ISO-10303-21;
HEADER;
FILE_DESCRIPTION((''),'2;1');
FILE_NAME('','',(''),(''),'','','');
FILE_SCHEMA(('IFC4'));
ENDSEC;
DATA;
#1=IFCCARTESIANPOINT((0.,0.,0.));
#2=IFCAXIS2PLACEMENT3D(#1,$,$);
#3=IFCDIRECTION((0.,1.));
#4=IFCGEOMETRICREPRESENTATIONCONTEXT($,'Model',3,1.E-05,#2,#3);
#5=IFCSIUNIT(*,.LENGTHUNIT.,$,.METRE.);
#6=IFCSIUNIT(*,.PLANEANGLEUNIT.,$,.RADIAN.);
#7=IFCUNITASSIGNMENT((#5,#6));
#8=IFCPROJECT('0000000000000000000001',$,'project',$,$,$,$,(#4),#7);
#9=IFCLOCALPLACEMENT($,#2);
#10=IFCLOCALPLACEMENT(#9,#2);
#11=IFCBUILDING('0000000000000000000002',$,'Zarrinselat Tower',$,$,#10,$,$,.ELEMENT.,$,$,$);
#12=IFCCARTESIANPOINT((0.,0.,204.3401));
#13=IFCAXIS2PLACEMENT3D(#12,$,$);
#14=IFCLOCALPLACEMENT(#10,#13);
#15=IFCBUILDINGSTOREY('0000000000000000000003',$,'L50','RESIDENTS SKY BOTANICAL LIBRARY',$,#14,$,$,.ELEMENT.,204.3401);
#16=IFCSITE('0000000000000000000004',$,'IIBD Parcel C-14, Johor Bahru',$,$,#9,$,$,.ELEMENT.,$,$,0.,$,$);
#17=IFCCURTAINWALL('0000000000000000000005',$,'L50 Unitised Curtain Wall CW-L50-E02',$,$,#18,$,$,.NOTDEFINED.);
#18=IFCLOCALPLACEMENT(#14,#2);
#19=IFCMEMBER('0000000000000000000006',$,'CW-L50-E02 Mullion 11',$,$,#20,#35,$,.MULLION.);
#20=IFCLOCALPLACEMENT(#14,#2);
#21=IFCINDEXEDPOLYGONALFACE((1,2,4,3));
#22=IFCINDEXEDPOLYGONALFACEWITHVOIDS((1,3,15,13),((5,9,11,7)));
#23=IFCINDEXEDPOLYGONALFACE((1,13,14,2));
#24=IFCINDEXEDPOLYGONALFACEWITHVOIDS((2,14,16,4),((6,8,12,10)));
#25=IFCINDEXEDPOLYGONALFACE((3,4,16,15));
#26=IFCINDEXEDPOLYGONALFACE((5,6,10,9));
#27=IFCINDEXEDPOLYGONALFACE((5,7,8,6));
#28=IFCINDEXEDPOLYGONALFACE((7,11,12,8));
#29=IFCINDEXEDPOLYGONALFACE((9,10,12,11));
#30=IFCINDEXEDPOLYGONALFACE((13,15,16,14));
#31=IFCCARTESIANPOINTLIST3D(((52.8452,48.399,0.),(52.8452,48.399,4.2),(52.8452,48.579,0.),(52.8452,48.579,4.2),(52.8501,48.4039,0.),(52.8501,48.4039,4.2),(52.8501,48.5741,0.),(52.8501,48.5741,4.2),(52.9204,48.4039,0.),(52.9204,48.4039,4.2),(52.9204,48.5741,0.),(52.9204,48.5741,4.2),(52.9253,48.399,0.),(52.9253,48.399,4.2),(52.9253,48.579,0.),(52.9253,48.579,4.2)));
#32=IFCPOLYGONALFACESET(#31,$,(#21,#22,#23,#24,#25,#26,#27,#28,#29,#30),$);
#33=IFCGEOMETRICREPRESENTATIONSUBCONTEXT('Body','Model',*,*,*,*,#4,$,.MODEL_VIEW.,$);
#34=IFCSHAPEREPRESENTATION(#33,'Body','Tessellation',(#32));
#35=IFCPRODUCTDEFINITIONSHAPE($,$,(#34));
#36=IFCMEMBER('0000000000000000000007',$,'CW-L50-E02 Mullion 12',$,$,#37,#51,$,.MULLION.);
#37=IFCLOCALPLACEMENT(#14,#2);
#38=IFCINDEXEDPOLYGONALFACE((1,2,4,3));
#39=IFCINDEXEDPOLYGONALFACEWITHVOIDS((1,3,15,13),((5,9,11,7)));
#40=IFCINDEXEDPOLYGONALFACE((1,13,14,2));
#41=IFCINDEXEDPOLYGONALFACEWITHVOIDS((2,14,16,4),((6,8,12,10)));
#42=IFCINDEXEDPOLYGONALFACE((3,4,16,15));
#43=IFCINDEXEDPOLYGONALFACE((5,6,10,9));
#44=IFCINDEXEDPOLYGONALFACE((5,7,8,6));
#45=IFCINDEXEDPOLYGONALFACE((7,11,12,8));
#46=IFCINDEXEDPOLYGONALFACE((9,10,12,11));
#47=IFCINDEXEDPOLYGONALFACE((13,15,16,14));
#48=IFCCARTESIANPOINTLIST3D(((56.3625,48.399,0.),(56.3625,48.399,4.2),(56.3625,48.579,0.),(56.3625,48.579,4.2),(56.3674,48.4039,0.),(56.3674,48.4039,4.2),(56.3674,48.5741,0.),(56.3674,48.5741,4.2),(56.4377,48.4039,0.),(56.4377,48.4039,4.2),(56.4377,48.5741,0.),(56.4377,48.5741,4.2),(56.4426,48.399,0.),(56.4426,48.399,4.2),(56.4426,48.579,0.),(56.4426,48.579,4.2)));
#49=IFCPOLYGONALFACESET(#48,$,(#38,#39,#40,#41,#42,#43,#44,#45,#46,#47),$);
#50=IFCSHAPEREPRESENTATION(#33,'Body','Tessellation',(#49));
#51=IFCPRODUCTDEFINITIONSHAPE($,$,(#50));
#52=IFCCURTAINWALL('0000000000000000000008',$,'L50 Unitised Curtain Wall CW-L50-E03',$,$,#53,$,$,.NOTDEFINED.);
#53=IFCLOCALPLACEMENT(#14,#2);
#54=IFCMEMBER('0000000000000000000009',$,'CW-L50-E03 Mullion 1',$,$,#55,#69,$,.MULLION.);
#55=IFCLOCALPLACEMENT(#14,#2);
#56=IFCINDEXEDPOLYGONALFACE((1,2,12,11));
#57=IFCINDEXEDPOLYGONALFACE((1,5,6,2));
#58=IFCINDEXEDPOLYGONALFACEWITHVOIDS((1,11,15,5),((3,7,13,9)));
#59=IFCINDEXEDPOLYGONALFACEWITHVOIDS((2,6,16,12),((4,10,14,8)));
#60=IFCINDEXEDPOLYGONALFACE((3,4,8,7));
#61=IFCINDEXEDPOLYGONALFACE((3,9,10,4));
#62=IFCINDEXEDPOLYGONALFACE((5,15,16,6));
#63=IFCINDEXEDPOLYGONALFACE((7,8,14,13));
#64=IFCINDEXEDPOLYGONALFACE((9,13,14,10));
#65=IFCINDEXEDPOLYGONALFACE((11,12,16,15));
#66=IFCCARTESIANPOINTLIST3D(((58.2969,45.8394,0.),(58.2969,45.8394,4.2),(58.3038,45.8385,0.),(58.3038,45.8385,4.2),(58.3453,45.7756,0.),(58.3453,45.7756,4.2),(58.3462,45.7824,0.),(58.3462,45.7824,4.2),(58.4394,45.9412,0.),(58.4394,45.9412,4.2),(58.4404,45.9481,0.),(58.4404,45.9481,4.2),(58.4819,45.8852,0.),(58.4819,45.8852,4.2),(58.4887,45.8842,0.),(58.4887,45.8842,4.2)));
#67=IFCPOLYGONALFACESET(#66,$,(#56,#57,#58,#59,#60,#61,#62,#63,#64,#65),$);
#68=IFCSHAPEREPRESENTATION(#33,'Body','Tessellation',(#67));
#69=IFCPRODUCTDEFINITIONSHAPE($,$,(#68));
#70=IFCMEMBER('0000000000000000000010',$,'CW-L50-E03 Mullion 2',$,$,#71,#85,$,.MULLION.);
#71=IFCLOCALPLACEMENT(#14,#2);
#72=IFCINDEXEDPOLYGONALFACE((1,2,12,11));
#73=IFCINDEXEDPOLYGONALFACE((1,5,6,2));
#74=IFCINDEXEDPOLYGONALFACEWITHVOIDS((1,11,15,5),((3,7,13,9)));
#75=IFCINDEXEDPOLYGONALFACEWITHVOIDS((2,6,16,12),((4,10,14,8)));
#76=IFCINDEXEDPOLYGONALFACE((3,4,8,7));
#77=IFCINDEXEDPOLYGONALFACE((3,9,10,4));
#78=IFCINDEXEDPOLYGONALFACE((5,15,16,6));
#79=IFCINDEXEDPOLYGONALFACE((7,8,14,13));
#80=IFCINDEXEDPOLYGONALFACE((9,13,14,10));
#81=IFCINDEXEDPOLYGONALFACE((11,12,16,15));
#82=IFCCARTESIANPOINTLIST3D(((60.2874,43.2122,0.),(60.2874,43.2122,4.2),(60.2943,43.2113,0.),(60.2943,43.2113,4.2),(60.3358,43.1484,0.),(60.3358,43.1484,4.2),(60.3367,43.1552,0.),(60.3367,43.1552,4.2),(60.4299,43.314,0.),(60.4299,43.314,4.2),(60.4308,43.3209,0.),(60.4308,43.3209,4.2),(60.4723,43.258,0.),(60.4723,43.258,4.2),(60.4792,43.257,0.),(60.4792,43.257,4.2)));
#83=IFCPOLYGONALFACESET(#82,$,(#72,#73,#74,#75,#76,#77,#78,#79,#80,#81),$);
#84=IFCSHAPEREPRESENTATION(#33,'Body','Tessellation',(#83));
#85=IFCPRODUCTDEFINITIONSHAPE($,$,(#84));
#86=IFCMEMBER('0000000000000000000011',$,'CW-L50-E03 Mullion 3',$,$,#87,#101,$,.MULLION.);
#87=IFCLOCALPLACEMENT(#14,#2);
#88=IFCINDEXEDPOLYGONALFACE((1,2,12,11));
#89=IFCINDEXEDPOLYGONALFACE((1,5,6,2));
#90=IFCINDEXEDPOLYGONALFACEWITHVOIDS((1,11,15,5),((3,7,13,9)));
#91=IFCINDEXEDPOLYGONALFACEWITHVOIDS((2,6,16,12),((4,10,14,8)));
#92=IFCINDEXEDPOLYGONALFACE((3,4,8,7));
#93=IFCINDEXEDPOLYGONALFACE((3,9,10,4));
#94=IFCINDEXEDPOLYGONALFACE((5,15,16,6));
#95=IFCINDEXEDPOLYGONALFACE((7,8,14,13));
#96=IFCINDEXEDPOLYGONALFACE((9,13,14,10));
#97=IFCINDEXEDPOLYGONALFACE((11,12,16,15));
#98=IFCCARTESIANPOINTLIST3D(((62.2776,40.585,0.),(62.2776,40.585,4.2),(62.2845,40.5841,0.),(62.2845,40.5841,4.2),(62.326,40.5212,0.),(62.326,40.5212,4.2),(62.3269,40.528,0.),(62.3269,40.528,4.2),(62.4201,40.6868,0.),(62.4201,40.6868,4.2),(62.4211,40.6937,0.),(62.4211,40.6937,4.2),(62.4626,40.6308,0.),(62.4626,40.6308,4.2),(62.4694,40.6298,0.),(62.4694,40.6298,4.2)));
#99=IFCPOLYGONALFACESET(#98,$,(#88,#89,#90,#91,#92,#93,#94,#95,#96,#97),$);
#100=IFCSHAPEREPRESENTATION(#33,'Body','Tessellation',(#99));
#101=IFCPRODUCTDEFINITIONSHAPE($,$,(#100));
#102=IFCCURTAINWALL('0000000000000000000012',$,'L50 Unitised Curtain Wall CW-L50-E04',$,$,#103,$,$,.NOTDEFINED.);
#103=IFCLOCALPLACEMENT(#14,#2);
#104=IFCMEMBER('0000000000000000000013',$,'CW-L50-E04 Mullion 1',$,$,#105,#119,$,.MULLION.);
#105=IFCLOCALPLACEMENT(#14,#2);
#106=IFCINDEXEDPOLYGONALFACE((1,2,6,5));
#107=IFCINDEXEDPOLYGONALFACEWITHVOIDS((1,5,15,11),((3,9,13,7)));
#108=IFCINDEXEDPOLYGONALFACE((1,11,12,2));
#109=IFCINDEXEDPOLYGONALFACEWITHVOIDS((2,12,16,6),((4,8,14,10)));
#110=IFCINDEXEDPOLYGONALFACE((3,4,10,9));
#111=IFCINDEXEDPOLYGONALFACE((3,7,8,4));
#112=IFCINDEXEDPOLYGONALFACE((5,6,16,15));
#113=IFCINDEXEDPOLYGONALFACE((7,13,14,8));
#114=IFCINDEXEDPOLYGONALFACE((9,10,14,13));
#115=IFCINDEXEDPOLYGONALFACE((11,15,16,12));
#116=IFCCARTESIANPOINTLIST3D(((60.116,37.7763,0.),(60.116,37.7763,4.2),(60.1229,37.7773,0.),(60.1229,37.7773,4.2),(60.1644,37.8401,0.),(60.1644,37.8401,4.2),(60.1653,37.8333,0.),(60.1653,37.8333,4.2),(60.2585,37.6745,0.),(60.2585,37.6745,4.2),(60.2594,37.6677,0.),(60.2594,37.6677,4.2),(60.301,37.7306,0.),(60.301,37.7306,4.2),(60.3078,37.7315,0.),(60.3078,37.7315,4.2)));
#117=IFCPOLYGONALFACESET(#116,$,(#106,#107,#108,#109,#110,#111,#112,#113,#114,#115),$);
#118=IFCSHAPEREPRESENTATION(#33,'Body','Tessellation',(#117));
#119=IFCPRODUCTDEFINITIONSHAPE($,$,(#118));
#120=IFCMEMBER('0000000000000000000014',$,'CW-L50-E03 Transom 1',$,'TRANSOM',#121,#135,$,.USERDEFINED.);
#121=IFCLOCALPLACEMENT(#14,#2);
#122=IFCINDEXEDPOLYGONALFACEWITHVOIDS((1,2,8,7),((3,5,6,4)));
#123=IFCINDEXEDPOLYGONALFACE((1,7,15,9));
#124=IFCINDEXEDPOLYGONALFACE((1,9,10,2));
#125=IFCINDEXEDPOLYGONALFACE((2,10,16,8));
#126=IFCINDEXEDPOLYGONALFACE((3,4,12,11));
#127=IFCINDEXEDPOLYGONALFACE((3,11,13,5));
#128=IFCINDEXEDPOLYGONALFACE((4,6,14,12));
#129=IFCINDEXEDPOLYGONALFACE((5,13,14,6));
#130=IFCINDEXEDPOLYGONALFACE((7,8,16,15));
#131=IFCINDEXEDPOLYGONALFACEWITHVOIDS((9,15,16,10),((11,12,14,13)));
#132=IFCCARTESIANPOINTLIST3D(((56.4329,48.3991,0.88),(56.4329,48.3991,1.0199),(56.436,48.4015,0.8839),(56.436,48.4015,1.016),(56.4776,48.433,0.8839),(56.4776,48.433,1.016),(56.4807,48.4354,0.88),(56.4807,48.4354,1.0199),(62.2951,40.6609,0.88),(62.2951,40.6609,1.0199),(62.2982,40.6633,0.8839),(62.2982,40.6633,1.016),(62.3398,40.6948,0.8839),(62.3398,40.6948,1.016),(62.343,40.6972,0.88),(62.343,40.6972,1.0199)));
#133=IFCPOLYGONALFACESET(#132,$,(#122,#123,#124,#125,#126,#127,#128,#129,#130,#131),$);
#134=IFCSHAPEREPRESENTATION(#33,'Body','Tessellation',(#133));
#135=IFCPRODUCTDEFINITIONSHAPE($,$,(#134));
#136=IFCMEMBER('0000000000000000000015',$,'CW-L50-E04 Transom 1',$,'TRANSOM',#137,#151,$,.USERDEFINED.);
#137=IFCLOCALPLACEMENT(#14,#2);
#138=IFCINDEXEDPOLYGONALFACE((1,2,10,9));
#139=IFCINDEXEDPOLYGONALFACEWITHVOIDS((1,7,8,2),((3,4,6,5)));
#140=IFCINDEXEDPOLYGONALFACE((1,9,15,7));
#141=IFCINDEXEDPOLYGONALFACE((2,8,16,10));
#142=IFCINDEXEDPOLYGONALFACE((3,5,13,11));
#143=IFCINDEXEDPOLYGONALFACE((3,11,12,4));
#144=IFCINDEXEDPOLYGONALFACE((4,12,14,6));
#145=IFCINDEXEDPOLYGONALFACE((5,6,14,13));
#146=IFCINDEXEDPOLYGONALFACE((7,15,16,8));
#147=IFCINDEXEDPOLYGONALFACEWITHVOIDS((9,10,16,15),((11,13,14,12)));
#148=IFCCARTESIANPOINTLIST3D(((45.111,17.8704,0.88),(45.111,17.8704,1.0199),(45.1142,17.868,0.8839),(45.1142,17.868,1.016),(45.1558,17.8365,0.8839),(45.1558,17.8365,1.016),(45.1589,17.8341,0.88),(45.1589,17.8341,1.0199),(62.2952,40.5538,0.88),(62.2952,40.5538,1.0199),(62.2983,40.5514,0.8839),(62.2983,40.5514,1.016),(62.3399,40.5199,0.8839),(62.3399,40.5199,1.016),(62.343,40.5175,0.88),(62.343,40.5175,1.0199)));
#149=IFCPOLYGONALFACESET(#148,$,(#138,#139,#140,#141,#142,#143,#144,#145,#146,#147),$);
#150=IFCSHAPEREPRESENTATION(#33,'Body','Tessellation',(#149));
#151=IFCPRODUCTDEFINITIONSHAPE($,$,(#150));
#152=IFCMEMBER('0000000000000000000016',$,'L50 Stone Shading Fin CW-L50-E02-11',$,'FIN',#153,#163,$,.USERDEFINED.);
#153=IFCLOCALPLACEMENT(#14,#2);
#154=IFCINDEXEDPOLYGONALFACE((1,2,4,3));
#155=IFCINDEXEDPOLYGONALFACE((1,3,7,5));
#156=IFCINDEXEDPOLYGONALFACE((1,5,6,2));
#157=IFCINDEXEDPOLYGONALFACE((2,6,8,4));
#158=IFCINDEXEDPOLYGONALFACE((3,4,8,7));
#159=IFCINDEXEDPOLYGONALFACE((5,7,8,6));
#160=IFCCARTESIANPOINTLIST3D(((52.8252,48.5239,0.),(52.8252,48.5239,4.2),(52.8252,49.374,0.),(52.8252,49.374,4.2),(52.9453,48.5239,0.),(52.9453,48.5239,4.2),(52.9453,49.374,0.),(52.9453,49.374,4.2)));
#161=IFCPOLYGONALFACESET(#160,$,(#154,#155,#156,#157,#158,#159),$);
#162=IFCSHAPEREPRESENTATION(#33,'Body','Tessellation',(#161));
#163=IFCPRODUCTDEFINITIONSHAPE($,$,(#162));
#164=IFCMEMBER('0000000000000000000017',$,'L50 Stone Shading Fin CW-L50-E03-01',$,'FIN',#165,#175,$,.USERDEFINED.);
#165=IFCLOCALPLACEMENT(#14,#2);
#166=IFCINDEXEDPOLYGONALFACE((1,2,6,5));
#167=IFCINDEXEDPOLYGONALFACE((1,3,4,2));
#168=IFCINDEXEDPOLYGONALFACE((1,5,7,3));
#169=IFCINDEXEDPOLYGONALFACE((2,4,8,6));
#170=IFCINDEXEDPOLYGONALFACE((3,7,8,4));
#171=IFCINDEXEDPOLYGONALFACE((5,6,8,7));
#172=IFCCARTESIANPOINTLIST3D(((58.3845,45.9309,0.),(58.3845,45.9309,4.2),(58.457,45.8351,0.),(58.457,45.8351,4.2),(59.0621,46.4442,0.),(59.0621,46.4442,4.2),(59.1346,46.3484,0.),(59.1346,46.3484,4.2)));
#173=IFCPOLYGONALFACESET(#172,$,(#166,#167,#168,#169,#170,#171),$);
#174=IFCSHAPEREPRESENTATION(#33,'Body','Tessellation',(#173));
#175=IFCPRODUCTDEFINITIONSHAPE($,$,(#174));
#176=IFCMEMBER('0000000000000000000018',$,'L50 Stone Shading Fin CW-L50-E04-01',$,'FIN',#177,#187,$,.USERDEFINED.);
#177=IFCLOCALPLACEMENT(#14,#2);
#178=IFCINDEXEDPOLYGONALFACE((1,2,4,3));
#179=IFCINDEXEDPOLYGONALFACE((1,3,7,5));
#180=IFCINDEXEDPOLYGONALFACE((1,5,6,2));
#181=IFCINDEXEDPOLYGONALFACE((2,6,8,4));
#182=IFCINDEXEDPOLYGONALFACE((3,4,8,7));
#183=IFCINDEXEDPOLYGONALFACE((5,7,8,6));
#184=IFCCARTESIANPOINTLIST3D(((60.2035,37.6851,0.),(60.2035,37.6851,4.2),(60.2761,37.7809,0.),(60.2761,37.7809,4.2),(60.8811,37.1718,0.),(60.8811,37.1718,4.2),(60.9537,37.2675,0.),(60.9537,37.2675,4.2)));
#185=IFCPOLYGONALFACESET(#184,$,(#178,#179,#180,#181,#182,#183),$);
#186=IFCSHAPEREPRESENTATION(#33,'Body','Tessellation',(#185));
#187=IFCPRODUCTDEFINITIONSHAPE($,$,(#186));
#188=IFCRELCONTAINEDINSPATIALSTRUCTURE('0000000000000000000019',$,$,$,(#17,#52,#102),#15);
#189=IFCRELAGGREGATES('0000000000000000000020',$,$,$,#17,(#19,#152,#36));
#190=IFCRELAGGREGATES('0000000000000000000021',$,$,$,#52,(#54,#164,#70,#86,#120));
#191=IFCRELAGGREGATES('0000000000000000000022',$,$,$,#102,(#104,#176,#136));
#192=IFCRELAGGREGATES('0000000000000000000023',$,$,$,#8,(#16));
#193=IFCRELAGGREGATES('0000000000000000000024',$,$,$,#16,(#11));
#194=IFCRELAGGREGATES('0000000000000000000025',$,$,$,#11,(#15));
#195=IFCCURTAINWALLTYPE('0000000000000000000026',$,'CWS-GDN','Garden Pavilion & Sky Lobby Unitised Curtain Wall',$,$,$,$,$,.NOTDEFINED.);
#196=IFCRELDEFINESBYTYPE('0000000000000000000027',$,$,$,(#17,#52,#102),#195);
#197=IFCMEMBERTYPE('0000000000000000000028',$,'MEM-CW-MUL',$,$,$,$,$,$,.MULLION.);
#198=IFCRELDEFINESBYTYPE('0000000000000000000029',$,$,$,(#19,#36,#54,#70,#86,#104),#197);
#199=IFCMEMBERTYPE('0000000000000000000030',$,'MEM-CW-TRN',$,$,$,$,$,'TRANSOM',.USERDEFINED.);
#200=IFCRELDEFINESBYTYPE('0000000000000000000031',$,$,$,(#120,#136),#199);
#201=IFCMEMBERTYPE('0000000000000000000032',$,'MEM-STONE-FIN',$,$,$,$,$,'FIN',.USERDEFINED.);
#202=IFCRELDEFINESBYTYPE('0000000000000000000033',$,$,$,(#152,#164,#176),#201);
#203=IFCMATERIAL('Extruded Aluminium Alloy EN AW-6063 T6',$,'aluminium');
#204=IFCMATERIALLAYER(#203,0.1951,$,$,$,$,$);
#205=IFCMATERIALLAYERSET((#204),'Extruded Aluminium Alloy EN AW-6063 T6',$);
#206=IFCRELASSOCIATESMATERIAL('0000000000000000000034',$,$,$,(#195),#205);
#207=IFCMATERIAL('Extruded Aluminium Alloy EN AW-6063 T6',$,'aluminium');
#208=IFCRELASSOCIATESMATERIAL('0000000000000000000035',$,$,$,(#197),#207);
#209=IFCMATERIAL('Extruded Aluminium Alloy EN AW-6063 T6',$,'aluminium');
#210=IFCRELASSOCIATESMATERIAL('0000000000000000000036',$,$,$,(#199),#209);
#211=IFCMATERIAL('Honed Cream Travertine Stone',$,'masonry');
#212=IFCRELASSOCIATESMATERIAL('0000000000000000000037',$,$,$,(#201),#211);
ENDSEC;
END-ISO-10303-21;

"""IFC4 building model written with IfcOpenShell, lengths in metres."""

from ifc_helpers import new_model, si_unit, direction, frame, origin, origin_2d, place, context, subcontext, project, spatial, rectangle, hollow_rectangle, extrude, material, layer, layer_set, material_profile, profile_set, type_object, element, aggregate, save


model = new_model("IFC4")

# Units and contexts
model_context = context("Model", 3, precision=1e-05, world=origin(), true_north=direction((0.0, 1.0)))
body_context = subcontext(model_context, "Body", "Model", "MODEL_VIEW")
ifc_project = project(units=[si_unit("LENGTHUNIT", "METRE"), si_unit("PLANEANGLEUNIT", "RADIAN")], contexts=[model_context])

# Site, building, storey
site_placement = place(None, origin())
site = spatial("IfcSite", under=ifc_project, at=site_placement, Name="IIBD Parcel C-14, Johor Bahru", CompositionType="ELEMENT", RefElevation=0.0)
building_placement = place(site_placement, origin())
building = spatial("IfcBuilding", under=site, at=building_placement, Name="Zarrinselat Tower", CompositionType="ELEMENT")
storey_placement = place(building_placement, frame((0.0, 0.0, 204.3401)))
storey = spatial("IfcBuildingStorey", under=building, at=storey_placement, Name="L50", Description="RESIDENTS SKY BOTANICAL LIBRARY", CompositionType="ELEMENT", Elevation=204.3401)

# Curtain walls, members
ifc_material_1 = material(Name="Extruded Aluminium Alloy EN AW-6063 T6", Category="aluminium")
ifc_layer_1 = layer(ifc_material_1, 0.1951)
ifc_layer_set_1 = layer_set([ifc_layer_1], Name="Extruded Aluminium Alloy EN AW-6063 T6")
curtain_wall_type = type_object("IfcCurtainWallType", Name="CWS-GDN", Description="Garden Pavilion & Sky Lobby Unitised Curtain Wall", PredefinedType="NOTDEFINED", material=ifc_layer_set_1)
curtain_wall_1_placement = place(storey_placement, origin())
curtain_wall_1 = element("IfcCurtainWall", 1, at=curtain_wall_1_placement, inside=storey, type_object=curtain_wall_type, Name="L50 Unitised Curtain Wall CW-L50-E02", PredefinedType="NOTDEFINED")
ifc_material_2 = material(Name="Extruded Aluminium Alloy EN AW-6063 T6", Category="aluminium")
ifc_material_profile_1 = material_profile(ifc_material_2, hollow_rectangle(XDim=0.0801, YDim=0.1799, WallThickness=0.0049, at=origin_2d()), Name="RHS 180x80x5")
ifc_profile_set_1 = profile_set([ifc_material_profile_1], Name="Extruded Aluminium Alloy EN AW-6063 T6")
member_type_1 = type_object("IfcMemberType", Name="MEM-CW-MUL", PredefinedType="MULLION", material=ifc_profile_set_1)
member_1_placement = place(storey_placement, frame((52.8853, 48.489, 0.0), z_axis=(0.0, 0.0, 1.0), x_axis=(1.0, 0.0, 0.0)))
member_1 = element("IfcMember", 2, at=member_1_placement, type_object=member_type_1, Name="CW-L50-E02 Mullion 11", PredefinedType="MULLION", context=body_context, shape_type="SweptSolid", body=[
    extrude(hollow_rectangle(XDim=0.0801, YDim=0.1799, WallThickness=0.0049, at=origin_2d()), origin(), (0.0, 0.0, 1.0), 4.2),
])
member_2_placement = place(storey_placement, frame((56.4026, 48.489, 0.0), z_axis=(0.0, 0.0, 1.0), x_axis=(1.0, 0.0, 0.0)))
member_2 = element("IfcMember", 3, at=member_2_placement, type_object=member_type_1, Name="CW-L50-E02 Mullion 12", PredefinedType="MULLION", context=body_context, shape_type="SweptSolid", body=[
    extrude(hollow_rectangle(XDim=0.0801, YDim=0.1799, WallThickness=0.0049, at=origin_2d()), origin(), (0.0, 0.0, 1.0), 4.2),
])
curtain_wall_2_placement = place(storey_placement, origin())
curtain_wall_2 = element("IfcCurtainWall", 4, at=curtain_wall_2_placement, inside=storey, type_object=curtain_wall_type, Name="L50 Unitised Curtain Wall CW-L50-E03", PredefinedType="NOTDEFINED")
member_3_placement = place(storey_placement, frame((58.3928, 45.8618, 0.0), z_axis=(0.0, 0.0, 1.0), x_axis=(0.603852, -0.797096, 0.0)))
member_3 = element("IfcMember", 5, at=member_3_placement, type_object=member_type_1, Name="CW-L50-E03 Mullion 1", PredefinedType="MULLION", context=body_context, shape_type="SweptSolid", body=[
    extrude(hollow_rectangle(XDim=0.0801, YDim=0.1799, WallThickness=0.0049, at=origin_2d()), origin(), (0.0, 0.0, 1.0), 4.2),
])
member_4_placement = place(storey_placement, frame((60.3833, 43.2346, 0.0), z_axis=(0.0, 0.0, 1.0), x_axis=(0.603852, -0.797096, 0.0)))
member_4 = element("IfcMember", 6, at=member_4_placement, type_object=member_type_1, Name="CW-L50-E03 Mullion 2", PredefinedType="MULLION", context=body_context, shape_type="SweptSolid", body=[
    extrude(hollow_rectangle(XDim=0.0801, YDim=0.1799, WallThickness=0.0049, at=origin_2d()), origin(), (0.0, 0.0, 1.0), 4.2),
])
member_5_placement = place(storey_placement, frame((62.3735, 40.6074, 0.0), z_axis=(0.0, 0.0, 1.0), x_axis=(0.603852, -0.797096, 0.0)))
member_5 = element("IfcMember", 7, at=member_5_placement, type_object=member_type_1, Name="CW-L50-E03 Mullion 3", PredefinedType="MULLION", context=body_context, shape_type="SweptSolid", body=[
    extrude(hollow_rectangle(XDim=0.0801, YDim=0.1799, WallThickness=0.0049, at=origin_2d()), origin(), (0.0, 0.0, 1.0), 4.2),
])

# Curtain wall, member
curtain_wall_3_placement = place(storey_placement, origin())
curtain_wall_3 = element("IfcCurtainWall", 8, at=curtain_wall_3_placement, inside=storey, type_object=curtain_wall_type, Name="L50 Unitised Curtain Wall CW-L50-E04", PredefinedType="NOTDEFINED")
member_6_placement = place(storey_placement, frame((60.2119, 37.7539, 0.0), z_axis=(0.0, 0.0, 1.0), x_axis=(-0.603858, -0.797092, 0.0)))
member_6 = element("IfcMember", 9, at=member_6_placement, type_object=member_type_1, Name="CW-L50-E04 Mullion 1", PredefinedType="MULLION", context=body_context, shape_type="SweptSolid", body=[
    extrude(hollow_rectangle(XDim=0.0801, YDim=0.1799, WallThickness=0.0049, at=origin_2d()), origin(), (0.0, 0.0, 1.0), 4.2),
])

# Members
ifc_material_3 = material(Name="Extruded Aluminium Alloy EN AW-6063 T6", Category="aluminium")
ifc_material_profile_2 = material_profile(ifc_material_3, hollow_rectangle(XDim=0.0601, YDim=0.1399, WallThickness=0.0039, at=origin_2d()), Name="RHS 140x60x4")
ifc_profile_set_2 = profile_set([ifc_material_profile_2], Name="Extruded Aluminium Alloy EN AW-6063 T6")
member_type_2 = type_object("IfcMemberType", Name="MEM-CW-TRN", ElementType="TRANSOM", PredefinedType="USERDEFINED", material=ifc_profile_set_2)
member_7_placement = place(storey_placement, frame((56.4568, 48.4172, 0.95), z_axis=(0.603856, -0.797094, 0.0), x_axis=(0.797094, 0.603856, 0.0)))
member_7 = element("IfcMember", 10, at=member_7_placement, type_object=member_type_2, Name="CW-L50-E03 Transom 1", ObjectType="TRANSOM", PredefinedType="USERDEFINED", context=body_context, shape_type="SweptSolid", body=[
    extrude(hollow_rectangle(XDim=0.0601, YDim=0.1399, WallThickness=0.0039, at=origin_2d()), origin(), (0.0, 0.0, 1.0), 9.708),
])
member_8_placement = place(storey_placement, frame((62.3191, 40.5356, 0.95), z_axis=(-0.603852, -0.797097, 0.0), x_axis=(0.797097, -0.603852, 0.0)))
member_8 = element("IfcMember", 11, at=member_8_placement, type_object=member_type_2, Name="CW-L50-E04 Transom 1", ObjectType="TRANSOM", PredefinedType="USERDEFINED", context=body_context, shape_type="SweptSolid", body=[
    extrude(hollow_rectangle(XDim=0.0601, YDim=0.1399, WallThickness=0.0039, at=origin_2d()), origin(), (0.0, 0.0, 1.0), 28.4575),
])
ifc_material_4 = material(Name="Honed Cream Travertine Stone", Category="masonry")
ifc_material_profile_3 = material_profile(ifc_material_4, rectangle(XDim=0.1201, YDim=0.8501, at=origin_2d()), Name="FIN 850x120")
ifc_profile_set_3 = profile_set([ifc_material_profile_3], Name="Honed Cream Travertine Stone")
member_type_3 = type_object("IfcMemberType", Name="MEM-STONE-FIN", ElementType="FIN", PredefinedType="USERDEFINED", material=ifc_profile_set_3)
member_9_placement = place(storey_placement, frame((52.8853, 48.949, 0.0), z_axis=(0.0, 0.0, 1.0), x_axis=(1.0, 0.0, 0.0)))
member_9 = element("IfcMember", 12, at=member_9_placement, type_object=member_type_3, Name="L50 Stone Shading Fin CW-L50-E02-11", ObjectType="FIN", PredefinedType="USERDEFINED", context=body_context, shape_type="SweptSolid", body=[
    extrude(rectangle(XDim=0.1201, YDim=0.8501, at=origin_2d()), origin(), (0.0, 0.0, 1.0), 4.2),
])
member_10_placement = place(storey_placement, frame((58.7595, 46.1396, 0.0), z_axis=(0.0, 0.0, 1.0), x_axis=(0.603852, -0.797096, 0.0)))
member_10 = element("IfcMember", 13, at=member_10_placement, type_object=member_type_3, Name="L50 Stone Shading Fin CW-L50-E03-01", ObjectType="FIN", PredefinedType="USERDEFINED", context=body_context, shape_type="SweptSolid", body=[
    extrude(rectangle(XDim=0.1201, YDim=0.8501, at=origin_2d()), origin(), (0.0, 0.0, 1.0), 4.2),
])
member_11_placement = place(storey_placement, frame((60.5786, 37.4763, 0.0), z_axis=(0.0, 0.0, 1.0), x_axis=(-0.603858, -0.797092, 0.0)))
member_11 = element("IfcMember", 14, at=member_11_placement, type_object=member_type_3, Name="L50 Stone Shading Fin CW-L50-E04-01", ObjectType="FIN", PredefinedType="USERDEFINED", context=body_context, shape_type="SweptSolid", body=[
    extrude(rectangle(XDim=0.1201, YDim=0.8501, at=origin_2d()), origin(), (0.0, 0.0, 1.0), 4.2),
])

aggregate(curtain_wall_1, [member_1, member_9, member_2])
aggregate(curtain_wall_2, [member_3, member_10, member_4, member_5, member_7])
aggregate(curtain_wall_3, [member_6, member_11, member_8])

save(model, "model.ifc")
